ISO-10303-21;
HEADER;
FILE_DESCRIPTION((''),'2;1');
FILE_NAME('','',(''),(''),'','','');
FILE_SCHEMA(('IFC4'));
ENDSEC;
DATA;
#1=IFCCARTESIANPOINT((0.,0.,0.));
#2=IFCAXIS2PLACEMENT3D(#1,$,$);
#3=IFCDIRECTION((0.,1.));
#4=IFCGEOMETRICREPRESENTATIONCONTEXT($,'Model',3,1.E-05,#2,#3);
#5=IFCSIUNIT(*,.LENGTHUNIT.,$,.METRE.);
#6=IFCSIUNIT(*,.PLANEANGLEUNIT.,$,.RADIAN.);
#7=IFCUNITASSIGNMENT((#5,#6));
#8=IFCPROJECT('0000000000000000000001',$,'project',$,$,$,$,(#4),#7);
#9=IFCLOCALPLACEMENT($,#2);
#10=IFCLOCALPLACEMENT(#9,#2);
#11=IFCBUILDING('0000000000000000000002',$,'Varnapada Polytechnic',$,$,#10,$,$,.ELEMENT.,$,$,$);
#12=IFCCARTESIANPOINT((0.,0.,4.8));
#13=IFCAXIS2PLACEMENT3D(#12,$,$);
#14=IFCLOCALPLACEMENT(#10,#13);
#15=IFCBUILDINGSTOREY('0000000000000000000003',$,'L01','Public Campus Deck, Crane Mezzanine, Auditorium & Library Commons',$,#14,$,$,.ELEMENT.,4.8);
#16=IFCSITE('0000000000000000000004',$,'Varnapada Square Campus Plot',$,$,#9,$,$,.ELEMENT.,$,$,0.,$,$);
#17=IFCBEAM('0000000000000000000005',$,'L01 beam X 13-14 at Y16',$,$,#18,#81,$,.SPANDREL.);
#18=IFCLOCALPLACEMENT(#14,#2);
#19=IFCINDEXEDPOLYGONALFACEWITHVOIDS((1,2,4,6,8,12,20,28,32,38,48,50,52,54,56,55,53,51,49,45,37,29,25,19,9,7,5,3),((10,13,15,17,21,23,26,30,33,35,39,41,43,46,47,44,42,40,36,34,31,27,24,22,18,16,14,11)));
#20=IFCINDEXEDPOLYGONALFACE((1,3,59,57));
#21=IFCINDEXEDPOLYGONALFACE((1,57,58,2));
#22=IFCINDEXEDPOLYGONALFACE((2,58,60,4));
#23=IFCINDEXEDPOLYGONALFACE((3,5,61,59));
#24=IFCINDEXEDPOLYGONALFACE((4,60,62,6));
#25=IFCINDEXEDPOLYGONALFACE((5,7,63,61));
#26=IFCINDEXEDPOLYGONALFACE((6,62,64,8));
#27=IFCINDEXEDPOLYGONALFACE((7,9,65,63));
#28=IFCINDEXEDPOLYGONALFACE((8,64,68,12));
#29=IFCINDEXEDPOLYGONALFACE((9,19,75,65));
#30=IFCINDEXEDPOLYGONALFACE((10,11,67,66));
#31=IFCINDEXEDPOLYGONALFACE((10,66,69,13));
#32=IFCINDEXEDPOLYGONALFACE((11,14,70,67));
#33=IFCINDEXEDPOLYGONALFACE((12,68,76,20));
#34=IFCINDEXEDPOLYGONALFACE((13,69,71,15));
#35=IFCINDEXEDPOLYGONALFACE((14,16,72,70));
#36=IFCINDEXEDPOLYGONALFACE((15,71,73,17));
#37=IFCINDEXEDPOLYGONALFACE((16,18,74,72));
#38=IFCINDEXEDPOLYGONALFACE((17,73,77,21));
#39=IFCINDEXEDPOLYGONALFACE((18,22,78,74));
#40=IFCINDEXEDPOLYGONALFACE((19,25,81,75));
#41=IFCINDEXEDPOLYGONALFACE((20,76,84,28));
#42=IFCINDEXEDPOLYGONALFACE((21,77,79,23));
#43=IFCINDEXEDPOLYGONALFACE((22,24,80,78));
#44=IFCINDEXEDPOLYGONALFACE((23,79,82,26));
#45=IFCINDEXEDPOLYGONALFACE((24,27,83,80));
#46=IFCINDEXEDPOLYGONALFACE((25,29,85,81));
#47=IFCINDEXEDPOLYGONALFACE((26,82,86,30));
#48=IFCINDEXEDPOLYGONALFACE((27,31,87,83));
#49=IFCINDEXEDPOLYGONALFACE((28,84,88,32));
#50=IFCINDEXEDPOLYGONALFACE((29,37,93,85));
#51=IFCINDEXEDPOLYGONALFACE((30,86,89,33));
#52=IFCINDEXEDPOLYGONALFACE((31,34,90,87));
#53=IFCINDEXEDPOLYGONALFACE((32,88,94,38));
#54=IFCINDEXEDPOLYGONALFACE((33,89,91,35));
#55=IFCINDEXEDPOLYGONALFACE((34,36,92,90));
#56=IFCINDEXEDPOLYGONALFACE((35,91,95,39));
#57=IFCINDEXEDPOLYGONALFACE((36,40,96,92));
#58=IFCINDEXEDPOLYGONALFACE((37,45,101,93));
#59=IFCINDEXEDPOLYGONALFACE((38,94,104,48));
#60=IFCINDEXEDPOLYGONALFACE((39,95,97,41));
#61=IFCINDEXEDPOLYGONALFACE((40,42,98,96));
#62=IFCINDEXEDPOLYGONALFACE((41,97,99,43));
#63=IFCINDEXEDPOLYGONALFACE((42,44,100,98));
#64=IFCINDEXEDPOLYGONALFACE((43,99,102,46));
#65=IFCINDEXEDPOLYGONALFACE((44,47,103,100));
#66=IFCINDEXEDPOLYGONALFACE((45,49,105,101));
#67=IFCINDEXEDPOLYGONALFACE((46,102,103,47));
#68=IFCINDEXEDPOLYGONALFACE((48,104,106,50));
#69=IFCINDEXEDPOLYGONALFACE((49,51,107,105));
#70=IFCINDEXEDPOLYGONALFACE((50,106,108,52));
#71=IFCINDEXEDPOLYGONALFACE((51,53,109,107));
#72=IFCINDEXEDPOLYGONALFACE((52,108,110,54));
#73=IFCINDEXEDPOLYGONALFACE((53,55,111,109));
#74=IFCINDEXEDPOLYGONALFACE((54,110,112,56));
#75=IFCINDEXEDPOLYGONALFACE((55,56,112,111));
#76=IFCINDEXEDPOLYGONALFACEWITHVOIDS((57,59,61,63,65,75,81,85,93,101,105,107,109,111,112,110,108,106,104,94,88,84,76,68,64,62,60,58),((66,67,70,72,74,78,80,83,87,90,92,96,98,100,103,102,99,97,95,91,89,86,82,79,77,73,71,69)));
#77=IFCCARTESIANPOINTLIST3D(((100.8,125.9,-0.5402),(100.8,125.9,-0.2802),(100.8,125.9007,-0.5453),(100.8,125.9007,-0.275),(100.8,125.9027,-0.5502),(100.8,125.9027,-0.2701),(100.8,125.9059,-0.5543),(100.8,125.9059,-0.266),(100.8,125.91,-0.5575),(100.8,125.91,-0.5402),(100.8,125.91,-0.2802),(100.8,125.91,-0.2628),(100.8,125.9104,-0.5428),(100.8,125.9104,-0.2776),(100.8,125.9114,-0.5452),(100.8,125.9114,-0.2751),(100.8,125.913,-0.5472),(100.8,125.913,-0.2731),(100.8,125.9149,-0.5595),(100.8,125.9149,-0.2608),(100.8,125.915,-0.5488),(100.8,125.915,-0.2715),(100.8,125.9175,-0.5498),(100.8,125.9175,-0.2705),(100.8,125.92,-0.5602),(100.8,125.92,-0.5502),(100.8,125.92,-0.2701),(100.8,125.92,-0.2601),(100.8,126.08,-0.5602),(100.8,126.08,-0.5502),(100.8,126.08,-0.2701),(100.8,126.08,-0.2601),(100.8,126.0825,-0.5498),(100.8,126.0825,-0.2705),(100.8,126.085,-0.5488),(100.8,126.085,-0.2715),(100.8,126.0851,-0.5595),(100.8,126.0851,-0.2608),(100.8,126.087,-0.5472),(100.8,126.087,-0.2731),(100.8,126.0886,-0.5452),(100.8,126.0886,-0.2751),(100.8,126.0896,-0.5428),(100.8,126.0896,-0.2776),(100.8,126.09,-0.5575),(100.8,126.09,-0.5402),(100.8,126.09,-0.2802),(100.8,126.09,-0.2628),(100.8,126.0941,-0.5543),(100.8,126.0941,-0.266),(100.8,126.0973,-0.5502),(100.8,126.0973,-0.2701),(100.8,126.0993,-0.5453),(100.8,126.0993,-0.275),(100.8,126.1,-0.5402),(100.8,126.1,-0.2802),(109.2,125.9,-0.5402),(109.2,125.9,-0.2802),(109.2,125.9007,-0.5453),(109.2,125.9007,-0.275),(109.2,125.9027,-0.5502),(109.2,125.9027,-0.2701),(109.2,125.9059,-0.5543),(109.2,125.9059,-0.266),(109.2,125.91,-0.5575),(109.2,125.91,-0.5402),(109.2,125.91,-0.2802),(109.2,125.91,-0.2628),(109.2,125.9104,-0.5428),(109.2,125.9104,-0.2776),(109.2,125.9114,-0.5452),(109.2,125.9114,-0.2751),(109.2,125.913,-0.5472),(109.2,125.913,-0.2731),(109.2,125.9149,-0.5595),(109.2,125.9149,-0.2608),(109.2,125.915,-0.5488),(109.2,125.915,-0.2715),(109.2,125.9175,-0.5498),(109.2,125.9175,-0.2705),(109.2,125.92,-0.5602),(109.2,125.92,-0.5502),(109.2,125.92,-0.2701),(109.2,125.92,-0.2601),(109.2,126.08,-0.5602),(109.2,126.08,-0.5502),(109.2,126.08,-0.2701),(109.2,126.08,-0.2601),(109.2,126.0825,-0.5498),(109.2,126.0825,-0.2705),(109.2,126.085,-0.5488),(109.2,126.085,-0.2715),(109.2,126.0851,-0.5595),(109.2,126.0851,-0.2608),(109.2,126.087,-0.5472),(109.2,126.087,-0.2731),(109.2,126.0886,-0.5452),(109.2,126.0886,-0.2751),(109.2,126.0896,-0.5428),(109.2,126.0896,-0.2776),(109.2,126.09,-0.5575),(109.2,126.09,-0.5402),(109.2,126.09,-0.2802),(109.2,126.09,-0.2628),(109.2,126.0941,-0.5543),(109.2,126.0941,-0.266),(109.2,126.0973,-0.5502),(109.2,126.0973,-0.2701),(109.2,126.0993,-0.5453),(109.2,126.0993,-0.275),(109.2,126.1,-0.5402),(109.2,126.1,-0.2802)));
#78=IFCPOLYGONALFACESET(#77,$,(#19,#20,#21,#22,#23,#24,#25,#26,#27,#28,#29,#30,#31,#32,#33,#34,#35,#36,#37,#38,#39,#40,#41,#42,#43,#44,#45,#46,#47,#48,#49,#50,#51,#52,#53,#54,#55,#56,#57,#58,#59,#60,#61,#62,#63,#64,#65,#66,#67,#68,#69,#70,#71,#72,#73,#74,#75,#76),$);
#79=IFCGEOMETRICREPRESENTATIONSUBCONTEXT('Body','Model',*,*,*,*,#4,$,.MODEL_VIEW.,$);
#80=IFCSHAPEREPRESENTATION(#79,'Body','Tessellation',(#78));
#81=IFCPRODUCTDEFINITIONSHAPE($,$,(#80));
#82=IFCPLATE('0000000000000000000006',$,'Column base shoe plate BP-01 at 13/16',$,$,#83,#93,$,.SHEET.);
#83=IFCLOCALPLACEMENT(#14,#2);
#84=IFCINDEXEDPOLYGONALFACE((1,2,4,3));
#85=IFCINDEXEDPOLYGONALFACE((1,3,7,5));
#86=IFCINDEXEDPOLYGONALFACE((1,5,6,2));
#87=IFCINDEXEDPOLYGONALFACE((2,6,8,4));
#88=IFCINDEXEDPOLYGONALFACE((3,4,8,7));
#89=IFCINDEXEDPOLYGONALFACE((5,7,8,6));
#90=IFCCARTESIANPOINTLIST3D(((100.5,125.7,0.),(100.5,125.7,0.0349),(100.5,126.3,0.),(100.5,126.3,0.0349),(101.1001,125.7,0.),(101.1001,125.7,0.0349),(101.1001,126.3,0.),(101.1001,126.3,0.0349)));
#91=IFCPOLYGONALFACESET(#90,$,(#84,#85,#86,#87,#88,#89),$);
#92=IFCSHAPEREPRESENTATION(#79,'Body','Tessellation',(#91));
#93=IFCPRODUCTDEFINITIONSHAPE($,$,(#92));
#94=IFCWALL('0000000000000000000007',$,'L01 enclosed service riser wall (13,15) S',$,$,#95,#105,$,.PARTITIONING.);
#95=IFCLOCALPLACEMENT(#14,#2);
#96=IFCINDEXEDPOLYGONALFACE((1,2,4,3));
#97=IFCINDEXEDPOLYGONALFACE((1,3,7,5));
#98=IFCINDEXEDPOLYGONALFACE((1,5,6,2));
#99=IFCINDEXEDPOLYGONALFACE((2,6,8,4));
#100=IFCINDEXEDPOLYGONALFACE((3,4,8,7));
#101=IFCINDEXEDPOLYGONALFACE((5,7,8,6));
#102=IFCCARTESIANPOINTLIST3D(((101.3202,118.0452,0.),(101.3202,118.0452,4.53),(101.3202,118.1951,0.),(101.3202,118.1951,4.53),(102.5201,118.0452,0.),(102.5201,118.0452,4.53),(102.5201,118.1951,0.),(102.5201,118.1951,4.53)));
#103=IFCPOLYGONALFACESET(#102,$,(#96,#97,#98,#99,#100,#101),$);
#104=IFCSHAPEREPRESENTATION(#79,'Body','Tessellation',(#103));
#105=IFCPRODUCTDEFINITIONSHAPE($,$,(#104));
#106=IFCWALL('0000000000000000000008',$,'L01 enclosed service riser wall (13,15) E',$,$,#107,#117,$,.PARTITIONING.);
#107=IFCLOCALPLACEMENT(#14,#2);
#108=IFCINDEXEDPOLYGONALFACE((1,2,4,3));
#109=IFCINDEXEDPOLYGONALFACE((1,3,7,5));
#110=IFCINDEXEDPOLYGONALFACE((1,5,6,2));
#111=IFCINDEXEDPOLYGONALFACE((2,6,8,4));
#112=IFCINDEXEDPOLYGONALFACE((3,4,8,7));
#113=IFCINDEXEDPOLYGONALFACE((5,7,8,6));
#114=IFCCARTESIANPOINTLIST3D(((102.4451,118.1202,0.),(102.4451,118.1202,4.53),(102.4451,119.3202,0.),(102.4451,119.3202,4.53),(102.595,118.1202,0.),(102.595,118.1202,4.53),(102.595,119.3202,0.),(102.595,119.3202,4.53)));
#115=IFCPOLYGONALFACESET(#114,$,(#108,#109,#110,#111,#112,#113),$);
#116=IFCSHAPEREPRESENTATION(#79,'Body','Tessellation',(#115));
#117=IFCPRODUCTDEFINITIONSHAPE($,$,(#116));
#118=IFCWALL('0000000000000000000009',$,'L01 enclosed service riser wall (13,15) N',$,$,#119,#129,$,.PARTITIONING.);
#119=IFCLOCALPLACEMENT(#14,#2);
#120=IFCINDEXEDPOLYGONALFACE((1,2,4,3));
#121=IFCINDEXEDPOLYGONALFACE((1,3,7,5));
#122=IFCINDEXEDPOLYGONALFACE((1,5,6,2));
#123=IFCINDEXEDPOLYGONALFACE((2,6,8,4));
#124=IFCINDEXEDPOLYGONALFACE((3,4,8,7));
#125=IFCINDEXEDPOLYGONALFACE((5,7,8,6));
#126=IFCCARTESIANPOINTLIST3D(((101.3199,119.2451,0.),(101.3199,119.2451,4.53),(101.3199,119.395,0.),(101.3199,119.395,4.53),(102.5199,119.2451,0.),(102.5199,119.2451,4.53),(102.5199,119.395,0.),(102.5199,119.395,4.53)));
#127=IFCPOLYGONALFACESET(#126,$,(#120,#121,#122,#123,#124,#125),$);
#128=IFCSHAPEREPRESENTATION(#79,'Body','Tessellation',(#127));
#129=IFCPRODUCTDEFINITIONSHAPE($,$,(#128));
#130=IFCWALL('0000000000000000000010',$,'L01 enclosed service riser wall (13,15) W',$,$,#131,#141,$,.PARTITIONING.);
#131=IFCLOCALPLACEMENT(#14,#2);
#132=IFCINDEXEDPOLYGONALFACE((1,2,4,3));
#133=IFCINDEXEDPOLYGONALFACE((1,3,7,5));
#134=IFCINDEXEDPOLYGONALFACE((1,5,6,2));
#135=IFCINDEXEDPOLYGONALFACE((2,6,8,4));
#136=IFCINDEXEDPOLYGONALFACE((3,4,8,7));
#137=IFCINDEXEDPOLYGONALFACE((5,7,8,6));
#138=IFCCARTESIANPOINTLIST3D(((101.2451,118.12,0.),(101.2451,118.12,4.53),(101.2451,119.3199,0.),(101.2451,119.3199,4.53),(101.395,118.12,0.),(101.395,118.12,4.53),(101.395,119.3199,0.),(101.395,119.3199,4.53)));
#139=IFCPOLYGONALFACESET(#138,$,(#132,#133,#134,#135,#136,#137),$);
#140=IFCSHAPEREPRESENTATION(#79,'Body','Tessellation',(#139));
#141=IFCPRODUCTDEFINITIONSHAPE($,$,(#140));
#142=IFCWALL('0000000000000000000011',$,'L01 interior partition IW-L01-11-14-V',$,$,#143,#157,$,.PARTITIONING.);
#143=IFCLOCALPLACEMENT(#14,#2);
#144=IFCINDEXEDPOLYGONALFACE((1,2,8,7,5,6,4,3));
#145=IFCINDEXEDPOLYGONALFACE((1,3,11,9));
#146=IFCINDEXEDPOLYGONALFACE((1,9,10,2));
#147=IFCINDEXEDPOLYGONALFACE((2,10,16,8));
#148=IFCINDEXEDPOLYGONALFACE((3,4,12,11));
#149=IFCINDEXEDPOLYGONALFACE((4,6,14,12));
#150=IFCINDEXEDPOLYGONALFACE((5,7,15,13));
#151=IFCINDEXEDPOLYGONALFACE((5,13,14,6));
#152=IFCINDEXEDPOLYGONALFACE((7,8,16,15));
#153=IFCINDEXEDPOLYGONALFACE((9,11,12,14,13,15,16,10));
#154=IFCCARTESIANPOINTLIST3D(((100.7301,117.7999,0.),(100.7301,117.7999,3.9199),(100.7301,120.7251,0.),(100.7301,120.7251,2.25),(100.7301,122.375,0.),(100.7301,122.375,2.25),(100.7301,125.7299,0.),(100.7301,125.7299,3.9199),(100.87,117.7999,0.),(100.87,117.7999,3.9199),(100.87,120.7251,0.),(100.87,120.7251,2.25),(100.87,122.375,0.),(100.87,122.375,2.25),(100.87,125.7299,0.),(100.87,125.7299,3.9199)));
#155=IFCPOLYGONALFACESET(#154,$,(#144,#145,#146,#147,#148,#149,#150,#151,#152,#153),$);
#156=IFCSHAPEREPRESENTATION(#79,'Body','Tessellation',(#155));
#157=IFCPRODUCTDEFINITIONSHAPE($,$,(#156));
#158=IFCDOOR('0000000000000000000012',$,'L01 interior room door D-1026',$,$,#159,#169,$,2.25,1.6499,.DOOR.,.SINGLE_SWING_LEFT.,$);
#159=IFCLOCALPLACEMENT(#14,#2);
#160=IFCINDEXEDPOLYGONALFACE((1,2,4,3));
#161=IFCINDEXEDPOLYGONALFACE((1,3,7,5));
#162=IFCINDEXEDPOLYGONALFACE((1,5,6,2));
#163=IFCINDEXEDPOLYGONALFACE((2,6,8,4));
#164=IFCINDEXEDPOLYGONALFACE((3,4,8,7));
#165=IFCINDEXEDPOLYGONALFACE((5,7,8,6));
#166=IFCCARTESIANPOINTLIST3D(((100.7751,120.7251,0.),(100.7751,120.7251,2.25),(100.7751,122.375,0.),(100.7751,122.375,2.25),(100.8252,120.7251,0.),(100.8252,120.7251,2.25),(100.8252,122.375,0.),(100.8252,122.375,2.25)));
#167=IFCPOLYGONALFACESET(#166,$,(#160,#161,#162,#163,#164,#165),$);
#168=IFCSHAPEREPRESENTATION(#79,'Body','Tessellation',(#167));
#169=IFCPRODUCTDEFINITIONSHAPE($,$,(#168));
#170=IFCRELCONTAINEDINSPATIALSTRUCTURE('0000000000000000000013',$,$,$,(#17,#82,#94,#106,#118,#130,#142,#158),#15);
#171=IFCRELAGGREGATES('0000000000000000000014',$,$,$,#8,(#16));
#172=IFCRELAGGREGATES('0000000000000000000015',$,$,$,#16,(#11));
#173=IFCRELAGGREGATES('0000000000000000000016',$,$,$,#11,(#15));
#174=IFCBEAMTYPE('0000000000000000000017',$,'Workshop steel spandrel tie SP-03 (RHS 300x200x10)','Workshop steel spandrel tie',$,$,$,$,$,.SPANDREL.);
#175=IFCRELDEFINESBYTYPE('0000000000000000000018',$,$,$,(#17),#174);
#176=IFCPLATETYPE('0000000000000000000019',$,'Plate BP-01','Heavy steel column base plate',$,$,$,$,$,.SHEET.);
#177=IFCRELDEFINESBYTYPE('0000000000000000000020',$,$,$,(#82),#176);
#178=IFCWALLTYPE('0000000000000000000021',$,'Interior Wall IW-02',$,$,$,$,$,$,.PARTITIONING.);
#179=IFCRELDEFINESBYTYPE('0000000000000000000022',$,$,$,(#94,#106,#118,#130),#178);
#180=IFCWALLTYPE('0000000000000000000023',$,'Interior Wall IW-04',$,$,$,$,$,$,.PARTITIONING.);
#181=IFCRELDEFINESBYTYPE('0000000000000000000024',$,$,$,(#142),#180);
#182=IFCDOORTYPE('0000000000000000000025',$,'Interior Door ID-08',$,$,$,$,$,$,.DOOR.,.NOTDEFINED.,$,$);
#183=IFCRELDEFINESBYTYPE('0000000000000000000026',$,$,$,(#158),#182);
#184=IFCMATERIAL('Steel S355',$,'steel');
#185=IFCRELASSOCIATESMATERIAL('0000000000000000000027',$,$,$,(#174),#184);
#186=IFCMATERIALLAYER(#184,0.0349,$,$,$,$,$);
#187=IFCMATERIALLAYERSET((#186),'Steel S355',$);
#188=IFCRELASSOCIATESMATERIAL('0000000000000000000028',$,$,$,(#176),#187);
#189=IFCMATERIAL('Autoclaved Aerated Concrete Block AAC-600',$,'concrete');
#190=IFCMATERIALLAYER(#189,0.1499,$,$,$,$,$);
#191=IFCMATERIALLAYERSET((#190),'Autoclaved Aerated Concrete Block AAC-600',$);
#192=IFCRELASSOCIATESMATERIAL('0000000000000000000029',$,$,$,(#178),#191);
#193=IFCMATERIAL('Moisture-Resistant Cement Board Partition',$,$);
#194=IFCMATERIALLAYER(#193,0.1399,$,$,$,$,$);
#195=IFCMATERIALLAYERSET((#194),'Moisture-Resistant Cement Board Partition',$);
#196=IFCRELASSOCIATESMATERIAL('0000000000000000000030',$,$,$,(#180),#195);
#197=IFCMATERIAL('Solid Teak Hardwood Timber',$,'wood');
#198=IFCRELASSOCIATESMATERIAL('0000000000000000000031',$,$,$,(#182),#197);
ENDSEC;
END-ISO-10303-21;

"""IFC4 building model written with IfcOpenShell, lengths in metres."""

from ifc_helpers import new_model, si_unit, direction, frame, frame_2d, origin, origin_2d, place, context, subcontext, project, spatial, rectangle, hollow_rectangle, extrude, material, layer, layer_set, material_profile, profile_set, type_object, element, fill, save


model = new_model("IFC4")

# Units and contexts
model_context = context("Model", 3, precision=1e-05, world=origin(), true_north=direction((0.0, 1.0)))
body_context = subcontext(model_context, "Body", "Model", "MODEL_VIEW")
ifc_project = project(units=[si_unit("LENGTHUNIT", "METRE"), si_unit("PLANEANGLEUNIT", "RADIAN")], contexts=[model_context])

# Site, building, storey
site_placement = place(None, origin())
site = spatial("IfcSite", under=ifc_project, at=site_placement, Name="Varnapada Square Campus Plot", CompositionType="ELEMENT", RefElevation=0.0)
building_placement = place(site_placement, origin())
building = spatial("IfcBuilding", under=site, at=building_placement, Name="Varnapada Polytechnic", CompositionType="ELEMENT")
storey_placement = place(building_placement, frame((0.0, 0.0, 4.8)))
storey = spatial("IfcBuildingStorey", under=building, at=storey_placement, Name="L01", Description="Public Campus Deck, Crane Mezzanine, Auditorium & Library Commons", CompositionType="ELEMENT", Elevation=4.8)

# Shared definitions
ifc_material_1 = material(Name="Steel S355", Category="steel")

# Beam
ifc_material_profile_1 = material_profile(ifc_material_1, hollow_rectangle(XDim=0.2, YDim=0.3, WallThickness=0.01, InnerFilletRadius=0.01, OuterFilletRadius=0.02, at=origin_2d()), Name="RHS 300x200x10")
ifc_profile_set_1 = profile_set([ifc_material_profile_1], Name="Steel S355")
beam_type_1 = type_object("IfcBeamType", Name="Workshop steel spandrel tie SP-03 (RHS 300x200x10)", Description="Workshop steel spandrel tie", PredefinedType="SPANDREL", material=ifc_profile_set_1)
beam_placement = place(storey_placement, frame((100.8, 126.0, -0.4102), z_axis=(1.0, 0.0, 0.0), x_axis=(0.0, 1.0, 0.0)))
element("IfcBeam", 1, at=beam_placement, inside=storey, type_object=beam_type_1, Name="L01 beam X 13-14 at Y16", PredefinedType="SPANDREL", context=body_context, shape_type="SweptSolid", body=[
    extrude(hollow_rectangle(XDim=0.2, YDim=0.3, WallThickness=0.01, InnerFilletRadius=0.01, OuterFilletRadius=0.02, at=origin_2d()), origin(), (0.0, 0.0, 1.0), 8.3999),
])

# Plate
ifc_layer_1 = layer(ifc_material_1, 0.0349)
ifc_layer_set_1 = layer_set([ifc_layer_1], Name="Steel S355")
plate_type = type_object("IfcPlateType", Name="Plate BP-01", Description="Heavy steel column base plate", PredefinedType="SHEET", material=ifc_layer_set_1)
plate_placement = place(storey_placement, frame((100.8, 126.0, 0.0), z_axis=(0.0, 0.0, 1.0), x_axis=(1.0, 0.0, 0.0)))
element("IfcPlate", 2, at=plate_placement, inside=storey, type_object=plate_type, Name="Column base shoe plate BP-01 at 13/16", PredefinedType="SHEET", context=body_context, shape_type="SweptSolid", body=[
    extrude(rectangle(XDim=0.6001, YDim=0.6001, at=origin_2d()), origin(), (0.0, 0.0, 1.0), 0.0349),
])

# Walls
ifc_material_2 = material(Name="Autoclaved Aerated Concrete Block AAC-600", Category="concrete")
ifc_layer_2 = layer(ifc_material_2, 0.1499)
ifc_layer_set_2 = layer_set([ifc_layer_2], Name="Autoclaved Aerated Concrete Block AAC-600")
wall_type_1 = type_object("IfcWallType", Name="Interior Wall IW-02", PredefinedType="PARTITIONING", material=ifc_layer_set_2)
for number, where, z_axis, x_axis, name in (
    (3, (101.3201, 118.1201, 0.0), (0.0, 0.0, 1.0), (1.0, 0.0, 0.0), "L01 enclosed service riser wall (13,15) S"),
    (4, (102.52, 118.1201, 0.0), (0.0, 0.0, 1.0), (0.0, 1.0, 0.0), "L01 enclosed service riser wall (13,15) E"),
    (5, (102.52, 119.3201, 0.0), (0.0, 0.0, 1.0), (-1.0, 0.0, 0.0), "L01 enclosed service riser wall (13,15) N"),
    (6, (101.3201, 119.3201, 0.0), (0.0, 0.0, 1.0), (0.0, -1.0, 0.0), "L01 enclosed service riser wall (13,15) W"),
):
    element("IfcWall", number, at=place(storey_placement, frame(where, z_axis=z_axis, x_axis=x_axis)), inside=storey, type_object=wall_type_1, Name=name, PredefinedType="PARTITIONING", context=body_context, shape_type="SweptSolid", body=[
        extrude(rectangle(XDim=1.2, YDim=0.1499, at=frame_2d((0.6001, 0.0))), origin(), (0.0, 0.0, 1.0), 4.53),
    ])

# Wall, opening, door
ifc_material_3 = material(Name="Moisture-Resistant Cement Board Partition")
ifc_layer_3 = layer(ifc_material_3, 0.1399)
ifc_layer_set_3 = layer_set([ifc_layer_3], Name="Moisture-Resistant Cement Board Partition")
wall_type_2 = type_object("IfcWallType", Name="Interior Wall IW-04", PredefinedType="PARTITIONING", material=ifc_layer_set_3)
wall_placement = place(storey_placement, frame((100.8, 117.8, 0.0), z_axis=(0.0, 0.0, 1.0), x_axis=(0.0, 1.0, 0.0)))
wall = element("IfcWall", 7, at=wall_placement, inside=storey, type_object=wall_type_2, Name="L01 interior partition IW-L01-11-14-V", PredefinedType="PARTITIONING", context=body_context, shape_type="SweptSolid", body=[
    extrude(rectangle(XDim=7.9299, YDim=0.1399, at=frame_2d((3.9648, 0.0))), origin(), (0.0, 0.0, 1.0), 3.9199),
])
opening_placement = place(wall_placement, frame((2.925, 0.0, 0.0)))
opening = element("IfcOpeningElement", 8, at=opening_placement, cuts=wall, PredefinedType="OPENING", context=body_context, shape_type="SweptSolid", body=[
    extrude(rectangle(XDim=1.6499, YDim=2.25, at=frame_2d((0.825, 1.125))), frame((0.0, 0.0798, 0.0), z_axis=(0.0, -1.0, 0.0), x_axis=(1.0, 0.0, 0.0)), (0.0, 0.0, 1.0), 0.1599),
])
ifc_material_4 = material(Name="Solid Teak Hardwood Timber", Category="wood")
door_type = type_object("IfcDoorType", Name="Interior Door ID-08", OperationType="NOTDEFINED", PredefinedType="DOOR", material=ifc_material_4)
door_placement = place(opening_placement, origin())
door = element("IfcDoor", 9, at=door_placement, inside=storey, type_object=door_type, Name="L01 interior room door D-1026", OperationType="SINGLE_SWING_LEFT", OverallHeight=2.25, OverallWidth=1.6499, PredefinedType="DOOR", context=body_context, shape_type="SweptSolid", body=[
    extrude(rectangle(XDim=1.6499, YDim=2.25, at=frame_2d((0.825, 1.125))), frame((0.0, 0.0249, 0.0), z_axis=(0.0, -1.0, 0.0), x_axis=(1.0, 0.0, 0.0)), (0.0, 0.0, 1.0), 0.05),
])
fill(opening, door)

save(model, "model.ifc")
